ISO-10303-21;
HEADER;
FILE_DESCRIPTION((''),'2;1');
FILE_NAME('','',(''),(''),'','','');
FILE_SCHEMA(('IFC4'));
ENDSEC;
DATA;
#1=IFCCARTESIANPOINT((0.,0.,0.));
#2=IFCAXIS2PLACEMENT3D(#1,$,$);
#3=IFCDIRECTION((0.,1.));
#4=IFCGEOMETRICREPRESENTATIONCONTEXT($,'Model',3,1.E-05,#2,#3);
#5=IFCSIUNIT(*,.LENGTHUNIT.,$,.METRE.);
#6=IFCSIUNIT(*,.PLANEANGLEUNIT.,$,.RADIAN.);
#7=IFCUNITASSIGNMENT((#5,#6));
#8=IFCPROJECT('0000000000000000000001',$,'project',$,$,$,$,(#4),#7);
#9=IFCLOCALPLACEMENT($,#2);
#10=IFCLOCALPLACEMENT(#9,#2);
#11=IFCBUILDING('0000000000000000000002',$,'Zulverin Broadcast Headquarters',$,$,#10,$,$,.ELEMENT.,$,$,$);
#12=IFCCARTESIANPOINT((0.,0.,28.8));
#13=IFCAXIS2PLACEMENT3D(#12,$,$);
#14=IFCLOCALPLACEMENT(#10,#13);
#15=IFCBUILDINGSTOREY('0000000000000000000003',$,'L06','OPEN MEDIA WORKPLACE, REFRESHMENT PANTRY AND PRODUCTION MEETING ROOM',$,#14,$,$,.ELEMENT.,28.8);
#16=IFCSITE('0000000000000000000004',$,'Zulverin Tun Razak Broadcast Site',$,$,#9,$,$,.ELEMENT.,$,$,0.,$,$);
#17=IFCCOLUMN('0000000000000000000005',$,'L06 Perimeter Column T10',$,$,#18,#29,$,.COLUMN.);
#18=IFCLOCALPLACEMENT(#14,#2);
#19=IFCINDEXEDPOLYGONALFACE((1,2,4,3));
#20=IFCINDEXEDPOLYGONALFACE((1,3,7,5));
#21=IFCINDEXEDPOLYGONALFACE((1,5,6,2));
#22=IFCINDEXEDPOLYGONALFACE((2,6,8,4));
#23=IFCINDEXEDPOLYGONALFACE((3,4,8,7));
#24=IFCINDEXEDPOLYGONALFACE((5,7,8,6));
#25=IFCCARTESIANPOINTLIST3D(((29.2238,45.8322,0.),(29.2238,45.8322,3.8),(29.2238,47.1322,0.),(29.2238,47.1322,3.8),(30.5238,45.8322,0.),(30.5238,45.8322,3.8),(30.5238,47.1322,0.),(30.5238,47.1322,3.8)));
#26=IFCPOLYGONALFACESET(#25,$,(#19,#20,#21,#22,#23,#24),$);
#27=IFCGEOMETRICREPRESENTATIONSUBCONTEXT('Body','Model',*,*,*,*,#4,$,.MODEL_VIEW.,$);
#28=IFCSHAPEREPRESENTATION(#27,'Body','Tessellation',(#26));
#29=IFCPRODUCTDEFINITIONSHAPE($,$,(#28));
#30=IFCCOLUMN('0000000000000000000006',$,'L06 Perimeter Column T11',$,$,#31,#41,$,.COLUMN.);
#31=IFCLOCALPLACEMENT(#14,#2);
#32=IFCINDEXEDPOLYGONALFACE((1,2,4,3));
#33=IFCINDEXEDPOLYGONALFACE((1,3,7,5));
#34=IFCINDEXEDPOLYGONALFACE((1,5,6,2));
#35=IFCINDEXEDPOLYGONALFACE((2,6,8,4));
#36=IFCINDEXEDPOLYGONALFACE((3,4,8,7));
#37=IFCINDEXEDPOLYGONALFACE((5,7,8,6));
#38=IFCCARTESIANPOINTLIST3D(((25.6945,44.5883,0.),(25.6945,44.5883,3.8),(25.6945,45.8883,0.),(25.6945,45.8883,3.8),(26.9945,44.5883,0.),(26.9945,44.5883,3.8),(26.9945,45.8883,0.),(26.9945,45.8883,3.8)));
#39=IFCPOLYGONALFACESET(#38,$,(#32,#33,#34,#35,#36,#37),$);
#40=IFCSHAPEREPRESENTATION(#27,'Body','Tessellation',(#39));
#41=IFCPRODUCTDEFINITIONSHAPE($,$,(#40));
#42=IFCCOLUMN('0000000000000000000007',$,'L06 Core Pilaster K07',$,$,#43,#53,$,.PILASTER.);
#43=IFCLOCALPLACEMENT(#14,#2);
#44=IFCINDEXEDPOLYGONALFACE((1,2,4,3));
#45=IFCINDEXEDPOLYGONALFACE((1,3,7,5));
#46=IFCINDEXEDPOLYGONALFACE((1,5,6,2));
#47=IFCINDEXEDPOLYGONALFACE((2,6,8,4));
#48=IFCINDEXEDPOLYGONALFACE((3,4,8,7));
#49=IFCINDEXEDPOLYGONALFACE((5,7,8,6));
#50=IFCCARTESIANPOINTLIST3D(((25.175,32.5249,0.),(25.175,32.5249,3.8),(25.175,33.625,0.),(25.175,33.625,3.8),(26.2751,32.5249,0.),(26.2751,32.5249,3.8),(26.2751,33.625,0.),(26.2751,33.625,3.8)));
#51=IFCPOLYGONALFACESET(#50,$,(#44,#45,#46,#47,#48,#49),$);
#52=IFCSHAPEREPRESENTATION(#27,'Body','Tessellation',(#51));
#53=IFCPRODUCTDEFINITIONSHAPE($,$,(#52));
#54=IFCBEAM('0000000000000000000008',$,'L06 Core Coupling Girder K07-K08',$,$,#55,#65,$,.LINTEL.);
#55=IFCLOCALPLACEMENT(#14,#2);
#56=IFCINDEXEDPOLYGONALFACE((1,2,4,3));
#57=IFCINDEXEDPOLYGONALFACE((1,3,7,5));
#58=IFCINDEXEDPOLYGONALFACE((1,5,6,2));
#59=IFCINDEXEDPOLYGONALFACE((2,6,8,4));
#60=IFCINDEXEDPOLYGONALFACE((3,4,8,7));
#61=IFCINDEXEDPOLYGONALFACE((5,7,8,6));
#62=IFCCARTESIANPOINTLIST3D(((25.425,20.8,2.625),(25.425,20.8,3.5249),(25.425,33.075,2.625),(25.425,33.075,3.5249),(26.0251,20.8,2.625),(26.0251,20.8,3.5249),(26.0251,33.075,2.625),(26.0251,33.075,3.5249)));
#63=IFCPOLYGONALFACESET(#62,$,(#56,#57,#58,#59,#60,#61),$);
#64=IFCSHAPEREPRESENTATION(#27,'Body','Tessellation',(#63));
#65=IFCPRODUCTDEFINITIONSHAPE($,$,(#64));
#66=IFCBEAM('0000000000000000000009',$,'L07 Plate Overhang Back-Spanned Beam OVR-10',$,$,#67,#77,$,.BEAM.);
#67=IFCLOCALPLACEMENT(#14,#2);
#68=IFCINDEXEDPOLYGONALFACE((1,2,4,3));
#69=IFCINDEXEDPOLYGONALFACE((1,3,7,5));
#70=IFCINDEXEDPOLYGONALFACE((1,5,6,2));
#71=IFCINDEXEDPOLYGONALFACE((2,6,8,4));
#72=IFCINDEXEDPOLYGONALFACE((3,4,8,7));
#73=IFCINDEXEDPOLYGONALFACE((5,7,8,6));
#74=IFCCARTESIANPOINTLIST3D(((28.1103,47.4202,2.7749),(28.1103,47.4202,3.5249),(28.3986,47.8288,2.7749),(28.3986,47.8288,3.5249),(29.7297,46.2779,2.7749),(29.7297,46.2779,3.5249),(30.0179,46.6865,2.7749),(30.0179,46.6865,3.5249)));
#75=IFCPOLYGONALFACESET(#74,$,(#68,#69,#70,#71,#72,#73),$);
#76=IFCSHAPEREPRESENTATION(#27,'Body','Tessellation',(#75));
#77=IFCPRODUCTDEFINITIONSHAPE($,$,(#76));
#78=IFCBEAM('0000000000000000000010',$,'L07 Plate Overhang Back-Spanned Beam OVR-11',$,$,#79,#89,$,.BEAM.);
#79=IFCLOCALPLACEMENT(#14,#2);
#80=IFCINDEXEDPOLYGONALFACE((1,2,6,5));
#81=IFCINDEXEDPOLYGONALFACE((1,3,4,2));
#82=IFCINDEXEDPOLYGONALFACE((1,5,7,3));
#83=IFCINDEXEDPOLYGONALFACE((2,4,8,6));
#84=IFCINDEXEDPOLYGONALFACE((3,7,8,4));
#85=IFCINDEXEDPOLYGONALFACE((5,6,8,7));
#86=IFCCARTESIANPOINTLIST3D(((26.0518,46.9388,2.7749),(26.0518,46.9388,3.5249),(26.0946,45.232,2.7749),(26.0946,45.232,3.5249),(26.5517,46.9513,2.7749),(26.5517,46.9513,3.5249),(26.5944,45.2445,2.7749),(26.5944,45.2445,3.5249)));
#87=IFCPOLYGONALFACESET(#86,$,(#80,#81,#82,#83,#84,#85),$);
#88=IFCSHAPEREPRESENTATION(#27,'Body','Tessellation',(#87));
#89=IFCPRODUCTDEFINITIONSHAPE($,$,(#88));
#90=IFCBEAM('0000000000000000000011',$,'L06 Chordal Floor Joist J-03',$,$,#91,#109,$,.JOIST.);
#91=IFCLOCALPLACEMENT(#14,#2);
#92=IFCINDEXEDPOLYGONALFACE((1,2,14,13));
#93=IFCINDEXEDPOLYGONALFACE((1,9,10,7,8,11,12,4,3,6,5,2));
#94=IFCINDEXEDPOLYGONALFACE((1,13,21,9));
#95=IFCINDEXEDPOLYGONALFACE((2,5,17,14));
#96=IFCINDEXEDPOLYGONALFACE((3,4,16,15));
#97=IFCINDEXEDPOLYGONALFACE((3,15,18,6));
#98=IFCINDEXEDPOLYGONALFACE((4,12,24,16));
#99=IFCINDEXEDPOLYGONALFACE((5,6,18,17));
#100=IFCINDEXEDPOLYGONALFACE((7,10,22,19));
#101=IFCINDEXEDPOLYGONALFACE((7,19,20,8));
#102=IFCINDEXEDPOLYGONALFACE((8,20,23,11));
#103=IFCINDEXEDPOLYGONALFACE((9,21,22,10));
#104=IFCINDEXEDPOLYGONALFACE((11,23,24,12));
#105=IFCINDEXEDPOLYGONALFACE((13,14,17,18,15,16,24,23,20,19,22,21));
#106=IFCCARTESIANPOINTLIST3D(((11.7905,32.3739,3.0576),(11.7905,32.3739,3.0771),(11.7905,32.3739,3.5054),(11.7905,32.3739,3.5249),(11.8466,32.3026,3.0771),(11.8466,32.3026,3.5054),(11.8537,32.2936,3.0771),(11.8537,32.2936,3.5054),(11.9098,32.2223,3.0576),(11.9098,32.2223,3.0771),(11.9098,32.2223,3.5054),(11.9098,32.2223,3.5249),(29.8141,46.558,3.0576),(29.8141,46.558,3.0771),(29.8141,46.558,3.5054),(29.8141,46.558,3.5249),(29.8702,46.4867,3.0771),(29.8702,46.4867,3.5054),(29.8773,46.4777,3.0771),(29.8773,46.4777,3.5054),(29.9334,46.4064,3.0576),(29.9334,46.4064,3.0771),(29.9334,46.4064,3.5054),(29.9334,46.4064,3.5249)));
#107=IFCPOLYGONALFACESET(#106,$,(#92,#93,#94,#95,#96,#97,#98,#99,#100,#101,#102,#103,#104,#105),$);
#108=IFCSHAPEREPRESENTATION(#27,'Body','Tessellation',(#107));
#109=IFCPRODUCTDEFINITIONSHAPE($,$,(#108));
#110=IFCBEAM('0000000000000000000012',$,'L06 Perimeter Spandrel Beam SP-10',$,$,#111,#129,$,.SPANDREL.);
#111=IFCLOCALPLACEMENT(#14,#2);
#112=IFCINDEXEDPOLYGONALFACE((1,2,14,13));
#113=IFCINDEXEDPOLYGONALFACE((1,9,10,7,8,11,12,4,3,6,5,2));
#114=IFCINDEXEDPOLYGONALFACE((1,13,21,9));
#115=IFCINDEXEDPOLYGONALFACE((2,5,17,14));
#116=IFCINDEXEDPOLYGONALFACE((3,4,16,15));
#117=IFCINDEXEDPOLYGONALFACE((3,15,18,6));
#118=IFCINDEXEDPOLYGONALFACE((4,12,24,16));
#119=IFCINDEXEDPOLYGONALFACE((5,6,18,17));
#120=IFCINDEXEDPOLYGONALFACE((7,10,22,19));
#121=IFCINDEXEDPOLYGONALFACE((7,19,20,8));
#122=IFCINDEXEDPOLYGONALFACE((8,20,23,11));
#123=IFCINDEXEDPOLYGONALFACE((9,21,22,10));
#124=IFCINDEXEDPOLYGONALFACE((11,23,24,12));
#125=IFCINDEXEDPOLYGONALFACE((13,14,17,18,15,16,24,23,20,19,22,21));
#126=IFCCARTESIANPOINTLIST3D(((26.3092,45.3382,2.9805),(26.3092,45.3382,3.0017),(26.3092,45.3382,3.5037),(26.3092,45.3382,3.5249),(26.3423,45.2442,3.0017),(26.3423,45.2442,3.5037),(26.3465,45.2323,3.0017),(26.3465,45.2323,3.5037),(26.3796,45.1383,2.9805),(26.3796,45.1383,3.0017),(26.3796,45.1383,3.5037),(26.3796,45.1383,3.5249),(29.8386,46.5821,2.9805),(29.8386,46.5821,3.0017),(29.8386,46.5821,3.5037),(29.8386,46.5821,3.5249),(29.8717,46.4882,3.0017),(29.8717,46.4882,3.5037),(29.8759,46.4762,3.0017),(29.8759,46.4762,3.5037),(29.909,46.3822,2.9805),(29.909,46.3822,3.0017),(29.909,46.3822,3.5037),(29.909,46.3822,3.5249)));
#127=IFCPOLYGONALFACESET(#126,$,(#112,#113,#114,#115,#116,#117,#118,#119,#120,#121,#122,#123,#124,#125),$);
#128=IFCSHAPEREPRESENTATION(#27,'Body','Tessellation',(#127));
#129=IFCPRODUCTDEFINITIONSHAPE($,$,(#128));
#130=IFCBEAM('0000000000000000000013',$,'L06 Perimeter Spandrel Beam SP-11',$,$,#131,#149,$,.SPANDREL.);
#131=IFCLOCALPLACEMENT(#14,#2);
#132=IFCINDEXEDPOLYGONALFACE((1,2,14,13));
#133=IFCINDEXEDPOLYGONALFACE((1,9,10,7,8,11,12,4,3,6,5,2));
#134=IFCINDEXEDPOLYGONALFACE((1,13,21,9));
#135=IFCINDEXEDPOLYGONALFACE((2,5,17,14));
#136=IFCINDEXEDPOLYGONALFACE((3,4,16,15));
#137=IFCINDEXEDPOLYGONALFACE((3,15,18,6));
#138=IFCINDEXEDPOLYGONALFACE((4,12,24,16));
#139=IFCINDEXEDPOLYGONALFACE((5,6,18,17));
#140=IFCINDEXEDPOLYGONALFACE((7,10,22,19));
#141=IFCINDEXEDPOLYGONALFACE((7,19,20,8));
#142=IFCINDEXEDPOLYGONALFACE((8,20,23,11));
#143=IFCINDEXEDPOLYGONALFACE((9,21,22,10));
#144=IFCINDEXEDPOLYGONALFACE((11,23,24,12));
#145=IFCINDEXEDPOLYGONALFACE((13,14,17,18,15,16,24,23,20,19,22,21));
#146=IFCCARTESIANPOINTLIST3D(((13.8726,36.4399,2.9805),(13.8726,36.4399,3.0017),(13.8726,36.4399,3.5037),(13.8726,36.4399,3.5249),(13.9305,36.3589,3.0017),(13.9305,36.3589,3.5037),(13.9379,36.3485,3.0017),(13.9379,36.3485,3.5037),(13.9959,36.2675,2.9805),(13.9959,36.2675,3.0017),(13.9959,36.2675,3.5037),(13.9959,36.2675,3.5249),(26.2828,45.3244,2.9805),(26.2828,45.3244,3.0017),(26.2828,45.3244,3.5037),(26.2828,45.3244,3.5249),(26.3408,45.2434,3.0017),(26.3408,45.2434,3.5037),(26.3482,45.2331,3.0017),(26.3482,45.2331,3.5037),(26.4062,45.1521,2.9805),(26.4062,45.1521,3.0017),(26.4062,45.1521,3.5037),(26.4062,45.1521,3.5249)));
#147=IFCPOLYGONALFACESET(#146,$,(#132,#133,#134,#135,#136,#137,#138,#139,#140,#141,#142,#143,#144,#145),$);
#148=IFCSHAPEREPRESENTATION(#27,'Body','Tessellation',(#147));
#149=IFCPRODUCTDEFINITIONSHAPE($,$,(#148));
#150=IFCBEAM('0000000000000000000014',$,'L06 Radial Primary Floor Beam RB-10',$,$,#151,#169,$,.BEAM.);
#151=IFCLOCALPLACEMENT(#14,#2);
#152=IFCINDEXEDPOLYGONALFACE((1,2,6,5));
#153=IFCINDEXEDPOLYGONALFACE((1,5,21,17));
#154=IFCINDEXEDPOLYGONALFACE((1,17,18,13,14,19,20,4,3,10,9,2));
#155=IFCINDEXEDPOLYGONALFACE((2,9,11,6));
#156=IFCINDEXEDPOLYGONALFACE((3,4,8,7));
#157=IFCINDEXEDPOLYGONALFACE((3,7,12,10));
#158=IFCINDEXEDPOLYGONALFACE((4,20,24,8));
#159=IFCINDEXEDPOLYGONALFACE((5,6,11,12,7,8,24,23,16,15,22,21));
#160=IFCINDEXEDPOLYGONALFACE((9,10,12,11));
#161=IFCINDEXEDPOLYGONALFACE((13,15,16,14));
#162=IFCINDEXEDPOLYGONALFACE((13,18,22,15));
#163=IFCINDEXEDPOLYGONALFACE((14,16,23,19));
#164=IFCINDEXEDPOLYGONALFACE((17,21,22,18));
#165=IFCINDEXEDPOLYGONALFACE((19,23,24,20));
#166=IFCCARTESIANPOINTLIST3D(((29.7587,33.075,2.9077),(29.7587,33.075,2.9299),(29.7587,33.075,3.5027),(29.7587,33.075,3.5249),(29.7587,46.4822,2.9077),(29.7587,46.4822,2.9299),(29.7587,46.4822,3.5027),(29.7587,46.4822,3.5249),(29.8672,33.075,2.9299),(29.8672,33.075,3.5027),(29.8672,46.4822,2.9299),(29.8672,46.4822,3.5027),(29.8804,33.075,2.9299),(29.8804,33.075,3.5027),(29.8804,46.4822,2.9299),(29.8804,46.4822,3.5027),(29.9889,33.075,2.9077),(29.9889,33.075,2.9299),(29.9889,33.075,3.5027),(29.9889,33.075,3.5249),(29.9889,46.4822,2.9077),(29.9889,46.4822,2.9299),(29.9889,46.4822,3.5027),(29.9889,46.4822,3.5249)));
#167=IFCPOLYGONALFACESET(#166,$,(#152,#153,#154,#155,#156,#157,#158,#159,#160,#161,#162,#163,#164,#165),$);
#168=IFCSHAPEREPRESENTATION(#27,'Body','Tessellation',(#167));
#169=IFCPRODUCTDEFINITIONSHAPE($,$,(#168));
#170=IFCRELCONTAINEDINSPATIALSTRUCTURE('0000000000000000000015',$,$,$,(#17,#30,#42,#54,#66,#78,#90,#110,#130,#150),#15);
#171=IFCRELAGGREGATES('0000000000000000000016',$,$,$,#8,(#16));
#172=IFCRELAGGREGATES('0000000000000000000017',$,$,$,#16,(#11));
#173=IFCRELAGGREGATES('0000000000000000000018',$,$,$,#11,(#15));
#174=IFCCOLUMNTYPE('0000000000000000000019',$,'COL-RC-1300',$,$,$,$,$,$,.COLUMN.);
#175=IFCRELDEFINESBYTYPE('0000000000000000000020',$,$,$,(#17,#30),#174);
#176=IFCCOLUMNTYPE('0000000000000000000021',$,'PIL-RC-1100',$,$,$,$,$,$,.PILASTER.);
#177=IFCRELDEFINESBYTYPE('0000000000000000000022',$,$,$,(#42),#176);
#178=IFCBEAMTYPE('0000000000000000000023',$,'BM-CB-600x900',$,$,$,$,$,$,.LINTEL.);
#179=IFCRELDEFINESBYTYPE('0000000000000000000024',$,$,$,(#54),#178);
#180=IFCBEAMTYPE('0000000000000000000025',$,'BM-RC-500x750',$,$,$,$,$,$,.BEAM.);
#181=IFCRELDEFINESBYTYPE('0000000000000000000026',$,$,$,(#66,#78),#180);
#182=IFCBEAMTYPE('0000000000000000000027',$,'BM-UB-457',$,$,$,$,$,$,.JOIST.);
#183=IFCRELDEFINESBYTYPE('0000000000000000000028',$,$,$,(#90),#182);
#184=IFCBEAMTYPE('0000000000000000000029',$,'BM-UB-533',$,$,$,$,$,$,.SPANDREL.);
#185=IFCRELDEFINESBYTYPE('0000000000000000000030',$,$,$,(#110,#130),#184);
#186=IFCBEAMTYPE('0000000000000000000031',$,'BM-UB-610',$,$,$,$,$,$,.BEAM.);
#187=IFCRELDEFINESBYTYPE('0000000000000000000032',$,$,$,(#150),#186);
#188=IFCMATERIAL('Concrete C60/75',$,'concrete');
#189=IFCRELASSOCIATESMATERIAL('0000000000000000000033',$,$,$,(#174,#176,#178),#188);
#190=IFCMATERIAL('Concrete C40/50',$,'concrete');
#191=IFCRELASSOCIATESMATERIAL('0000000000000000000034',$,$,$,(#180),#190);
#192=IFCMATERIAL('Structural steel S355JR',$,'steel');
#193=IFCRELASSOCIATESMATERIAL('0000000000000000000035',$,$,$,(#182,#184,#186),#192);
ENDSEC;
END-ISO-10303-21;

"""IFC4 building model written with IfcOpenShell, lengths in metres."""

from ifc_helpers import new_model, si_unit, direction, frame, origin, origin_2d, place, context, subcontext, project, spatial, rectangle, i_section, extrude, material, material_profile, profile_set, type_object, element, save


model = new_model("IFC4")

# Units and contexts
model_context = context("Model", 3, precision=1e-05, world=origin(), true_north=direction((0.0, 1.0)))
body_context = subcontext(model_context, "Body", "Model", "MODEL_VIEW")
ifc_project = project(units=[si_unit("LENGTHUNIT", "METRE"), si_unit("PLANEANGLEUNIT", "RADIAN")], contexts=[model_context])

# Site, building, storey
site_placement = place(None, origin())
site = spatial("IfcSite", under=ifc_project, at=site_placement, Name="Zulverin Tun Razak Broadcast Site", CompositionType="ELEMENT", RefElevation=0.0)
building_placement = place(site_placement, origin())
building = spatial("IfcBuilding", under=site, at=building_placement, Name="Zulverin Broadcast Headquarters", CompositionType="ELEMENT")
storey_placement = place(building_placement, frame((0.0, 0.0, 28.8)))
storey = spatial("IfcBuildingStorey", under=building, at=storey_placement, Name="L06", Description="OPEN MEDIA WORKPLACE, REFRESHMENT PANTRY AND PRODUCTION MEETING ROOM", CompositionType="ELEMENT", Elevation=28.8)

# Columns
ifc_material_1 = material(Name="Concrete C60/75", Category="concrete")
ifc_material_profile_1 = material_profile(ifc_material_1, rectangle(XDim=1.3, YDim=1.3, at=origin_2d()), Name="Concrete C60/75", Category="concrete")
ifc_profile_set_1 = profile_set([ifc_material_profile_1], Name="Concrete C60/75")
column_type_1 = type_object("IfcColumnType", Name="COL-RC-1300", PredefinedType="COLUMN", material=ifc_profile_set_1)
for number, where, z_axis, x_axis, name in (
    (1, (29.8738, 46.4822, 0.0), (0.0, 0.0, 1.0), (1.0, 0.0, 0.0), "L06 Perimeter Column T10"),
    (2, (26.3445, 45.2383, 0.0), (0.0, 0.0, 1.0), (1.0, 0.0, 0.0), "L06 Perimeter Column T11"),
):
    element("IfcColumn", number, at=place(storey_placement, frame(where, z_axis=z_axis, x_axis=x_axis)), inside=storey, type_object=column_type_1, Name=name, PredefinedType="COLUMN", context=body_context, shape_type="SweptSolid", body=[
        extrude(rectangle(XDim=1.3, YDim=1.3, at=origin_2d()), origin(), (0.0, 0.0, 1.0), 3.8),
    ])
ifc_material_profile_2 = material_profile(ifc_material_1, rectangle(XDim=1.1001, YDim=1.1001, at=origin_2d()), Name="Concrete C60/75", Category="concrete")
ifc_profile_set_2 = profile_set([ifc_material_profile_2], Name="Concrete C60/75")
column_type_2 = type_object("IfcColumnType", Name="PIL-RC-1100", PredefinedType="PILASTER", material=ifc_profile_set_2)
column_placement = place(storey_placement, frame((25.7251, 33.075, 0.0), z_axis=(0.0, 0.0, 1.0), x_axis=(1.0, 0.0, 0.0)))
element("IfcColumn", 3, at=column_placement, inside=storey, type_object=column_type_2, Name="L06 Core Pilaster K07", PredefinedType="PILASTER", context=body_context, shape_type="SweptSolid", body=[
    extrude(rectangle(XDim=1.1001, YDim=1.1001, at=origin_2d()), origin(), (0.0, 0.0, 1.0), 3.8),
])

# Beams
ifc_material_profile_3 = material_profile(ifc_material_1, rectangle(XDim=0.6001, YDim=0.8999, at=origin_2d()), Name="Concrete C60/75", Category="concrete")
ifc_profile_set_3 = profile_set([ifc_material_profile_3], Name="Concrete C60/75")
beam_type_1 = type_object("IfcBeamType", Name="BM-CB-600x900", PredefinedType="LINTEL", material=ifc_profile_set_3)
beam_1_placement = place(storey_placement, frame((25.7251, 33.075, 3.075), z_axis=(0.0, -1.0, 0.0), x_axis=(1.0, 0.0, 0.0)))
element("IfcBeam", 4, at=beam_1_placement, inside=storey, type_object=beam_type_1, Name="L06 Core Coupling Girder K07-K08", PredefinedType="LINTEL", context=body_context, shape_type="SweptSolid", body=[
    extrude(rectangle(XDim=0.6001, YDim=0.8999, at=origin_2d()), origin(), (0.0, 0.0, 1.0), 12.2749),
])
ifc_material_2 = material(Name="Concrete C40/50", Category="concrete")
ifc_material_profile_4 = material_profile(ifc_material_2, rectangle(XDim=0.5, YDim=0.75, at=origin_2d()), Name="Concrete C40/50", Category="concrete")
ifc_profile_set_4 = profile_set([ifc_material_profile_4], Name="Concrete C40/50")
beam_type_2 = type_object("IfcBeamType", Name="BM-RC-500x750", PredefinedType="BEAM", material=ifc_profile_set_4)
beam_2_placement = place(storey_placement, frame((29.8738, 46.4822, 3.1499), z_axis=(-0.817149, 0.576427, 0.0), x_axis=(-0.576427, -0.817149, 0.0)))
element("IfcBeam", 5, at=beam_2_placement, inside=storey, type_object=beam_type_2, Name="L07 Plate Overhang Back-Spanned Beam OVR-10", PredefinedType="BEAM", context=body_context, shape_type="SweptSolid", body=[
    extrude(rectangle(XDim=0.5, YDim=0.75, at=origin_2d()), origin(), (0.0, 0.0, 1.0), 1.9817),
])
beam_3_placement = place(storey_placement, frame((26.3445, 45.2383, 3.1499), z_axis=(-0.025024, 0.999687, 0.0), x_axis=(-0.999687, -0.025024, 0.0)))
element("IfcBeam", 6, at=beam_3_placement, inside=storey, type_object=beam_type_2, Name="L07 Plate Overhang Back-Spanned Beam OVR-11", PredefinedType="BEAM", context=body_context, shape_type="SweptSolid", body=[
    extrude(rectangle(XDim=0.5, YDim=0.75, at=origin_2d()), origin(), (0.0, 0.0, 1.0), 1.7073),
])
ifc_material_3 = material(Name="Structural steel S355JR", Category="steel")
ifc_material_profile_5 = material_profile(ifc_material_3, i_section(OverallWidth=0.1929, OverallDepth=0.4673, WebThickness=0.0115, FlangeThickness=0.0195, at=origin_2d()), Name="Structural steel S355JR", Category="steel")
ifc_profile_set_5 = profile_set([ifc_material_profile_5], Name="Structural steel S355JR")
beam_type_3 = type_object("IfcBeamType", Name="BM-UB-457", PredefinedType="JOIST", material=ifc_profile_set_5)
beam_4_placement = place(storey_placement, frame((29.8738, 46.4822, 3.2913), z_axis=(-0.785839, -0.618431, 0.0), x_axis=(0.618431, -0.785839, 0.0)))
element("IfcBeam", 7, at=beam_4_placement, inside=storey, type_object=beam_type_3, Name="L06 Chordal Floor Joist J-03", PredefinedType="JOIST", context=body_context, shape_type="SweptSolid", body=[
    extrude(i_section(OverallWidth=0.1929, OverallDepth=0.4673, WebThickness=0.0115, FlangeThickness=0.0195, at=origin_2d()), origin(), (0.0, 0.0, 1.0), 22.9355),
])
ifc_material_profile_6 = material_profile(ifc_material_3, i_section(OverallWidth=0.2119, OverallDepth=0.5444, WebThickness=0.0127, FlangeThickness=0.0212, at=origin_2d()), Name="Structural steel S355JR", Category="steel")
ifc_profile_set_6 = profile_set([ifc_material_profile_6], Name="Structural steel S355JR")
beam_type_4 = type_object("IfcBeamType", Name="BM-UB-533", PredefinedType="SPANDREL", material=ifc_profile_set_6)
beam_5_placement = place(storey_placement, frame((29.8738, 46.4822, 3.2527), z_axis=(-0.943136, -0.332407, 0.0), x_axis=(0.332407, -0.943136, 0.0)))
element("IfcBeam", 8, at=beam_5_placement, inside=storey, type_object=beam_type_4, Name="L06 Perimeter Spandrel Beam SP-10", PredefinedType="SPANDREL", context=body_context, shape_type="SweptSolid", body=[
    extrude(i_section(OverallWidth=0.2119, OverallDepth=0.5444, WebThickness=0.0127, FlangeThickness=0.0212, at=origin_2d()), origin(), (0.0, 0.0, 1.0), 3.7422),
])
beam_6_placement = place(storey_placement, frame((26.3445, 45.2383, 3.2527), z_axis=(-0.813109, -0.582111, 0.0), x_axis=(0.582111, -0.813109, 0.0)))
element("IfcBeam", 9, at=beam_6_placement, inside=storey, type_object=beam_type_4, Name="L06 Perimeter Spandrel Beam SP-11", PredefinedType="SPANDREL", context=body_context, shape_type="SweptSolid", body=[
    extrude(i_section(OverallWidth=0.2119, OverallDepth=0.5444, WebThickness=0.0127, FlangeThickness=0.0212, at=origin_2d()), origin(), (0.0, 0.0, 1.0), 15.2627),
])
ifc_material_profile_7 = material_profile(ifc_material_3, i_section(OverallWidth=0.2302, OverallDepth=0.6172, WebThickness=0.0132, FlangeThickness=0.0222, at=origin_2d()), Name="Structural steel S355JR", Category="steel")
ifc_profile_set_7 = profile_set([ifc_material_profile_7], Name="Structural steel S355JR")
beam_type_5 = type_object("IfcBeamType", Name="BM-UB-610", PredefinedType="BEAM", material=ifc_profile_set_7)
beam_7_placement = place(storey_placement, frame((29.8738, 33.075, 3.2163), z_axis=(0.0, 1.0, 0.0), x_axis=(-1.0, 0.0, 0.0)))
element("IfcBeam", 10, at=beam_7_placement, inside=storey, type_object=beam_type_5, Name="L06 Radial Primary Floor Beam RB-10", PredefinedType="BEAM", context=body_context, shape_type="SweptSolid", body=[
    extrude(i_section(OverallWidth=0.2302, OverallDepth=0.6172, WebThickness=0.0132, FlangeThickness=0.0222, at=origin_2d()), origin(), (0.0, 0.0, 1.0), 13.4072),
])

save(model, "model.ifc")
